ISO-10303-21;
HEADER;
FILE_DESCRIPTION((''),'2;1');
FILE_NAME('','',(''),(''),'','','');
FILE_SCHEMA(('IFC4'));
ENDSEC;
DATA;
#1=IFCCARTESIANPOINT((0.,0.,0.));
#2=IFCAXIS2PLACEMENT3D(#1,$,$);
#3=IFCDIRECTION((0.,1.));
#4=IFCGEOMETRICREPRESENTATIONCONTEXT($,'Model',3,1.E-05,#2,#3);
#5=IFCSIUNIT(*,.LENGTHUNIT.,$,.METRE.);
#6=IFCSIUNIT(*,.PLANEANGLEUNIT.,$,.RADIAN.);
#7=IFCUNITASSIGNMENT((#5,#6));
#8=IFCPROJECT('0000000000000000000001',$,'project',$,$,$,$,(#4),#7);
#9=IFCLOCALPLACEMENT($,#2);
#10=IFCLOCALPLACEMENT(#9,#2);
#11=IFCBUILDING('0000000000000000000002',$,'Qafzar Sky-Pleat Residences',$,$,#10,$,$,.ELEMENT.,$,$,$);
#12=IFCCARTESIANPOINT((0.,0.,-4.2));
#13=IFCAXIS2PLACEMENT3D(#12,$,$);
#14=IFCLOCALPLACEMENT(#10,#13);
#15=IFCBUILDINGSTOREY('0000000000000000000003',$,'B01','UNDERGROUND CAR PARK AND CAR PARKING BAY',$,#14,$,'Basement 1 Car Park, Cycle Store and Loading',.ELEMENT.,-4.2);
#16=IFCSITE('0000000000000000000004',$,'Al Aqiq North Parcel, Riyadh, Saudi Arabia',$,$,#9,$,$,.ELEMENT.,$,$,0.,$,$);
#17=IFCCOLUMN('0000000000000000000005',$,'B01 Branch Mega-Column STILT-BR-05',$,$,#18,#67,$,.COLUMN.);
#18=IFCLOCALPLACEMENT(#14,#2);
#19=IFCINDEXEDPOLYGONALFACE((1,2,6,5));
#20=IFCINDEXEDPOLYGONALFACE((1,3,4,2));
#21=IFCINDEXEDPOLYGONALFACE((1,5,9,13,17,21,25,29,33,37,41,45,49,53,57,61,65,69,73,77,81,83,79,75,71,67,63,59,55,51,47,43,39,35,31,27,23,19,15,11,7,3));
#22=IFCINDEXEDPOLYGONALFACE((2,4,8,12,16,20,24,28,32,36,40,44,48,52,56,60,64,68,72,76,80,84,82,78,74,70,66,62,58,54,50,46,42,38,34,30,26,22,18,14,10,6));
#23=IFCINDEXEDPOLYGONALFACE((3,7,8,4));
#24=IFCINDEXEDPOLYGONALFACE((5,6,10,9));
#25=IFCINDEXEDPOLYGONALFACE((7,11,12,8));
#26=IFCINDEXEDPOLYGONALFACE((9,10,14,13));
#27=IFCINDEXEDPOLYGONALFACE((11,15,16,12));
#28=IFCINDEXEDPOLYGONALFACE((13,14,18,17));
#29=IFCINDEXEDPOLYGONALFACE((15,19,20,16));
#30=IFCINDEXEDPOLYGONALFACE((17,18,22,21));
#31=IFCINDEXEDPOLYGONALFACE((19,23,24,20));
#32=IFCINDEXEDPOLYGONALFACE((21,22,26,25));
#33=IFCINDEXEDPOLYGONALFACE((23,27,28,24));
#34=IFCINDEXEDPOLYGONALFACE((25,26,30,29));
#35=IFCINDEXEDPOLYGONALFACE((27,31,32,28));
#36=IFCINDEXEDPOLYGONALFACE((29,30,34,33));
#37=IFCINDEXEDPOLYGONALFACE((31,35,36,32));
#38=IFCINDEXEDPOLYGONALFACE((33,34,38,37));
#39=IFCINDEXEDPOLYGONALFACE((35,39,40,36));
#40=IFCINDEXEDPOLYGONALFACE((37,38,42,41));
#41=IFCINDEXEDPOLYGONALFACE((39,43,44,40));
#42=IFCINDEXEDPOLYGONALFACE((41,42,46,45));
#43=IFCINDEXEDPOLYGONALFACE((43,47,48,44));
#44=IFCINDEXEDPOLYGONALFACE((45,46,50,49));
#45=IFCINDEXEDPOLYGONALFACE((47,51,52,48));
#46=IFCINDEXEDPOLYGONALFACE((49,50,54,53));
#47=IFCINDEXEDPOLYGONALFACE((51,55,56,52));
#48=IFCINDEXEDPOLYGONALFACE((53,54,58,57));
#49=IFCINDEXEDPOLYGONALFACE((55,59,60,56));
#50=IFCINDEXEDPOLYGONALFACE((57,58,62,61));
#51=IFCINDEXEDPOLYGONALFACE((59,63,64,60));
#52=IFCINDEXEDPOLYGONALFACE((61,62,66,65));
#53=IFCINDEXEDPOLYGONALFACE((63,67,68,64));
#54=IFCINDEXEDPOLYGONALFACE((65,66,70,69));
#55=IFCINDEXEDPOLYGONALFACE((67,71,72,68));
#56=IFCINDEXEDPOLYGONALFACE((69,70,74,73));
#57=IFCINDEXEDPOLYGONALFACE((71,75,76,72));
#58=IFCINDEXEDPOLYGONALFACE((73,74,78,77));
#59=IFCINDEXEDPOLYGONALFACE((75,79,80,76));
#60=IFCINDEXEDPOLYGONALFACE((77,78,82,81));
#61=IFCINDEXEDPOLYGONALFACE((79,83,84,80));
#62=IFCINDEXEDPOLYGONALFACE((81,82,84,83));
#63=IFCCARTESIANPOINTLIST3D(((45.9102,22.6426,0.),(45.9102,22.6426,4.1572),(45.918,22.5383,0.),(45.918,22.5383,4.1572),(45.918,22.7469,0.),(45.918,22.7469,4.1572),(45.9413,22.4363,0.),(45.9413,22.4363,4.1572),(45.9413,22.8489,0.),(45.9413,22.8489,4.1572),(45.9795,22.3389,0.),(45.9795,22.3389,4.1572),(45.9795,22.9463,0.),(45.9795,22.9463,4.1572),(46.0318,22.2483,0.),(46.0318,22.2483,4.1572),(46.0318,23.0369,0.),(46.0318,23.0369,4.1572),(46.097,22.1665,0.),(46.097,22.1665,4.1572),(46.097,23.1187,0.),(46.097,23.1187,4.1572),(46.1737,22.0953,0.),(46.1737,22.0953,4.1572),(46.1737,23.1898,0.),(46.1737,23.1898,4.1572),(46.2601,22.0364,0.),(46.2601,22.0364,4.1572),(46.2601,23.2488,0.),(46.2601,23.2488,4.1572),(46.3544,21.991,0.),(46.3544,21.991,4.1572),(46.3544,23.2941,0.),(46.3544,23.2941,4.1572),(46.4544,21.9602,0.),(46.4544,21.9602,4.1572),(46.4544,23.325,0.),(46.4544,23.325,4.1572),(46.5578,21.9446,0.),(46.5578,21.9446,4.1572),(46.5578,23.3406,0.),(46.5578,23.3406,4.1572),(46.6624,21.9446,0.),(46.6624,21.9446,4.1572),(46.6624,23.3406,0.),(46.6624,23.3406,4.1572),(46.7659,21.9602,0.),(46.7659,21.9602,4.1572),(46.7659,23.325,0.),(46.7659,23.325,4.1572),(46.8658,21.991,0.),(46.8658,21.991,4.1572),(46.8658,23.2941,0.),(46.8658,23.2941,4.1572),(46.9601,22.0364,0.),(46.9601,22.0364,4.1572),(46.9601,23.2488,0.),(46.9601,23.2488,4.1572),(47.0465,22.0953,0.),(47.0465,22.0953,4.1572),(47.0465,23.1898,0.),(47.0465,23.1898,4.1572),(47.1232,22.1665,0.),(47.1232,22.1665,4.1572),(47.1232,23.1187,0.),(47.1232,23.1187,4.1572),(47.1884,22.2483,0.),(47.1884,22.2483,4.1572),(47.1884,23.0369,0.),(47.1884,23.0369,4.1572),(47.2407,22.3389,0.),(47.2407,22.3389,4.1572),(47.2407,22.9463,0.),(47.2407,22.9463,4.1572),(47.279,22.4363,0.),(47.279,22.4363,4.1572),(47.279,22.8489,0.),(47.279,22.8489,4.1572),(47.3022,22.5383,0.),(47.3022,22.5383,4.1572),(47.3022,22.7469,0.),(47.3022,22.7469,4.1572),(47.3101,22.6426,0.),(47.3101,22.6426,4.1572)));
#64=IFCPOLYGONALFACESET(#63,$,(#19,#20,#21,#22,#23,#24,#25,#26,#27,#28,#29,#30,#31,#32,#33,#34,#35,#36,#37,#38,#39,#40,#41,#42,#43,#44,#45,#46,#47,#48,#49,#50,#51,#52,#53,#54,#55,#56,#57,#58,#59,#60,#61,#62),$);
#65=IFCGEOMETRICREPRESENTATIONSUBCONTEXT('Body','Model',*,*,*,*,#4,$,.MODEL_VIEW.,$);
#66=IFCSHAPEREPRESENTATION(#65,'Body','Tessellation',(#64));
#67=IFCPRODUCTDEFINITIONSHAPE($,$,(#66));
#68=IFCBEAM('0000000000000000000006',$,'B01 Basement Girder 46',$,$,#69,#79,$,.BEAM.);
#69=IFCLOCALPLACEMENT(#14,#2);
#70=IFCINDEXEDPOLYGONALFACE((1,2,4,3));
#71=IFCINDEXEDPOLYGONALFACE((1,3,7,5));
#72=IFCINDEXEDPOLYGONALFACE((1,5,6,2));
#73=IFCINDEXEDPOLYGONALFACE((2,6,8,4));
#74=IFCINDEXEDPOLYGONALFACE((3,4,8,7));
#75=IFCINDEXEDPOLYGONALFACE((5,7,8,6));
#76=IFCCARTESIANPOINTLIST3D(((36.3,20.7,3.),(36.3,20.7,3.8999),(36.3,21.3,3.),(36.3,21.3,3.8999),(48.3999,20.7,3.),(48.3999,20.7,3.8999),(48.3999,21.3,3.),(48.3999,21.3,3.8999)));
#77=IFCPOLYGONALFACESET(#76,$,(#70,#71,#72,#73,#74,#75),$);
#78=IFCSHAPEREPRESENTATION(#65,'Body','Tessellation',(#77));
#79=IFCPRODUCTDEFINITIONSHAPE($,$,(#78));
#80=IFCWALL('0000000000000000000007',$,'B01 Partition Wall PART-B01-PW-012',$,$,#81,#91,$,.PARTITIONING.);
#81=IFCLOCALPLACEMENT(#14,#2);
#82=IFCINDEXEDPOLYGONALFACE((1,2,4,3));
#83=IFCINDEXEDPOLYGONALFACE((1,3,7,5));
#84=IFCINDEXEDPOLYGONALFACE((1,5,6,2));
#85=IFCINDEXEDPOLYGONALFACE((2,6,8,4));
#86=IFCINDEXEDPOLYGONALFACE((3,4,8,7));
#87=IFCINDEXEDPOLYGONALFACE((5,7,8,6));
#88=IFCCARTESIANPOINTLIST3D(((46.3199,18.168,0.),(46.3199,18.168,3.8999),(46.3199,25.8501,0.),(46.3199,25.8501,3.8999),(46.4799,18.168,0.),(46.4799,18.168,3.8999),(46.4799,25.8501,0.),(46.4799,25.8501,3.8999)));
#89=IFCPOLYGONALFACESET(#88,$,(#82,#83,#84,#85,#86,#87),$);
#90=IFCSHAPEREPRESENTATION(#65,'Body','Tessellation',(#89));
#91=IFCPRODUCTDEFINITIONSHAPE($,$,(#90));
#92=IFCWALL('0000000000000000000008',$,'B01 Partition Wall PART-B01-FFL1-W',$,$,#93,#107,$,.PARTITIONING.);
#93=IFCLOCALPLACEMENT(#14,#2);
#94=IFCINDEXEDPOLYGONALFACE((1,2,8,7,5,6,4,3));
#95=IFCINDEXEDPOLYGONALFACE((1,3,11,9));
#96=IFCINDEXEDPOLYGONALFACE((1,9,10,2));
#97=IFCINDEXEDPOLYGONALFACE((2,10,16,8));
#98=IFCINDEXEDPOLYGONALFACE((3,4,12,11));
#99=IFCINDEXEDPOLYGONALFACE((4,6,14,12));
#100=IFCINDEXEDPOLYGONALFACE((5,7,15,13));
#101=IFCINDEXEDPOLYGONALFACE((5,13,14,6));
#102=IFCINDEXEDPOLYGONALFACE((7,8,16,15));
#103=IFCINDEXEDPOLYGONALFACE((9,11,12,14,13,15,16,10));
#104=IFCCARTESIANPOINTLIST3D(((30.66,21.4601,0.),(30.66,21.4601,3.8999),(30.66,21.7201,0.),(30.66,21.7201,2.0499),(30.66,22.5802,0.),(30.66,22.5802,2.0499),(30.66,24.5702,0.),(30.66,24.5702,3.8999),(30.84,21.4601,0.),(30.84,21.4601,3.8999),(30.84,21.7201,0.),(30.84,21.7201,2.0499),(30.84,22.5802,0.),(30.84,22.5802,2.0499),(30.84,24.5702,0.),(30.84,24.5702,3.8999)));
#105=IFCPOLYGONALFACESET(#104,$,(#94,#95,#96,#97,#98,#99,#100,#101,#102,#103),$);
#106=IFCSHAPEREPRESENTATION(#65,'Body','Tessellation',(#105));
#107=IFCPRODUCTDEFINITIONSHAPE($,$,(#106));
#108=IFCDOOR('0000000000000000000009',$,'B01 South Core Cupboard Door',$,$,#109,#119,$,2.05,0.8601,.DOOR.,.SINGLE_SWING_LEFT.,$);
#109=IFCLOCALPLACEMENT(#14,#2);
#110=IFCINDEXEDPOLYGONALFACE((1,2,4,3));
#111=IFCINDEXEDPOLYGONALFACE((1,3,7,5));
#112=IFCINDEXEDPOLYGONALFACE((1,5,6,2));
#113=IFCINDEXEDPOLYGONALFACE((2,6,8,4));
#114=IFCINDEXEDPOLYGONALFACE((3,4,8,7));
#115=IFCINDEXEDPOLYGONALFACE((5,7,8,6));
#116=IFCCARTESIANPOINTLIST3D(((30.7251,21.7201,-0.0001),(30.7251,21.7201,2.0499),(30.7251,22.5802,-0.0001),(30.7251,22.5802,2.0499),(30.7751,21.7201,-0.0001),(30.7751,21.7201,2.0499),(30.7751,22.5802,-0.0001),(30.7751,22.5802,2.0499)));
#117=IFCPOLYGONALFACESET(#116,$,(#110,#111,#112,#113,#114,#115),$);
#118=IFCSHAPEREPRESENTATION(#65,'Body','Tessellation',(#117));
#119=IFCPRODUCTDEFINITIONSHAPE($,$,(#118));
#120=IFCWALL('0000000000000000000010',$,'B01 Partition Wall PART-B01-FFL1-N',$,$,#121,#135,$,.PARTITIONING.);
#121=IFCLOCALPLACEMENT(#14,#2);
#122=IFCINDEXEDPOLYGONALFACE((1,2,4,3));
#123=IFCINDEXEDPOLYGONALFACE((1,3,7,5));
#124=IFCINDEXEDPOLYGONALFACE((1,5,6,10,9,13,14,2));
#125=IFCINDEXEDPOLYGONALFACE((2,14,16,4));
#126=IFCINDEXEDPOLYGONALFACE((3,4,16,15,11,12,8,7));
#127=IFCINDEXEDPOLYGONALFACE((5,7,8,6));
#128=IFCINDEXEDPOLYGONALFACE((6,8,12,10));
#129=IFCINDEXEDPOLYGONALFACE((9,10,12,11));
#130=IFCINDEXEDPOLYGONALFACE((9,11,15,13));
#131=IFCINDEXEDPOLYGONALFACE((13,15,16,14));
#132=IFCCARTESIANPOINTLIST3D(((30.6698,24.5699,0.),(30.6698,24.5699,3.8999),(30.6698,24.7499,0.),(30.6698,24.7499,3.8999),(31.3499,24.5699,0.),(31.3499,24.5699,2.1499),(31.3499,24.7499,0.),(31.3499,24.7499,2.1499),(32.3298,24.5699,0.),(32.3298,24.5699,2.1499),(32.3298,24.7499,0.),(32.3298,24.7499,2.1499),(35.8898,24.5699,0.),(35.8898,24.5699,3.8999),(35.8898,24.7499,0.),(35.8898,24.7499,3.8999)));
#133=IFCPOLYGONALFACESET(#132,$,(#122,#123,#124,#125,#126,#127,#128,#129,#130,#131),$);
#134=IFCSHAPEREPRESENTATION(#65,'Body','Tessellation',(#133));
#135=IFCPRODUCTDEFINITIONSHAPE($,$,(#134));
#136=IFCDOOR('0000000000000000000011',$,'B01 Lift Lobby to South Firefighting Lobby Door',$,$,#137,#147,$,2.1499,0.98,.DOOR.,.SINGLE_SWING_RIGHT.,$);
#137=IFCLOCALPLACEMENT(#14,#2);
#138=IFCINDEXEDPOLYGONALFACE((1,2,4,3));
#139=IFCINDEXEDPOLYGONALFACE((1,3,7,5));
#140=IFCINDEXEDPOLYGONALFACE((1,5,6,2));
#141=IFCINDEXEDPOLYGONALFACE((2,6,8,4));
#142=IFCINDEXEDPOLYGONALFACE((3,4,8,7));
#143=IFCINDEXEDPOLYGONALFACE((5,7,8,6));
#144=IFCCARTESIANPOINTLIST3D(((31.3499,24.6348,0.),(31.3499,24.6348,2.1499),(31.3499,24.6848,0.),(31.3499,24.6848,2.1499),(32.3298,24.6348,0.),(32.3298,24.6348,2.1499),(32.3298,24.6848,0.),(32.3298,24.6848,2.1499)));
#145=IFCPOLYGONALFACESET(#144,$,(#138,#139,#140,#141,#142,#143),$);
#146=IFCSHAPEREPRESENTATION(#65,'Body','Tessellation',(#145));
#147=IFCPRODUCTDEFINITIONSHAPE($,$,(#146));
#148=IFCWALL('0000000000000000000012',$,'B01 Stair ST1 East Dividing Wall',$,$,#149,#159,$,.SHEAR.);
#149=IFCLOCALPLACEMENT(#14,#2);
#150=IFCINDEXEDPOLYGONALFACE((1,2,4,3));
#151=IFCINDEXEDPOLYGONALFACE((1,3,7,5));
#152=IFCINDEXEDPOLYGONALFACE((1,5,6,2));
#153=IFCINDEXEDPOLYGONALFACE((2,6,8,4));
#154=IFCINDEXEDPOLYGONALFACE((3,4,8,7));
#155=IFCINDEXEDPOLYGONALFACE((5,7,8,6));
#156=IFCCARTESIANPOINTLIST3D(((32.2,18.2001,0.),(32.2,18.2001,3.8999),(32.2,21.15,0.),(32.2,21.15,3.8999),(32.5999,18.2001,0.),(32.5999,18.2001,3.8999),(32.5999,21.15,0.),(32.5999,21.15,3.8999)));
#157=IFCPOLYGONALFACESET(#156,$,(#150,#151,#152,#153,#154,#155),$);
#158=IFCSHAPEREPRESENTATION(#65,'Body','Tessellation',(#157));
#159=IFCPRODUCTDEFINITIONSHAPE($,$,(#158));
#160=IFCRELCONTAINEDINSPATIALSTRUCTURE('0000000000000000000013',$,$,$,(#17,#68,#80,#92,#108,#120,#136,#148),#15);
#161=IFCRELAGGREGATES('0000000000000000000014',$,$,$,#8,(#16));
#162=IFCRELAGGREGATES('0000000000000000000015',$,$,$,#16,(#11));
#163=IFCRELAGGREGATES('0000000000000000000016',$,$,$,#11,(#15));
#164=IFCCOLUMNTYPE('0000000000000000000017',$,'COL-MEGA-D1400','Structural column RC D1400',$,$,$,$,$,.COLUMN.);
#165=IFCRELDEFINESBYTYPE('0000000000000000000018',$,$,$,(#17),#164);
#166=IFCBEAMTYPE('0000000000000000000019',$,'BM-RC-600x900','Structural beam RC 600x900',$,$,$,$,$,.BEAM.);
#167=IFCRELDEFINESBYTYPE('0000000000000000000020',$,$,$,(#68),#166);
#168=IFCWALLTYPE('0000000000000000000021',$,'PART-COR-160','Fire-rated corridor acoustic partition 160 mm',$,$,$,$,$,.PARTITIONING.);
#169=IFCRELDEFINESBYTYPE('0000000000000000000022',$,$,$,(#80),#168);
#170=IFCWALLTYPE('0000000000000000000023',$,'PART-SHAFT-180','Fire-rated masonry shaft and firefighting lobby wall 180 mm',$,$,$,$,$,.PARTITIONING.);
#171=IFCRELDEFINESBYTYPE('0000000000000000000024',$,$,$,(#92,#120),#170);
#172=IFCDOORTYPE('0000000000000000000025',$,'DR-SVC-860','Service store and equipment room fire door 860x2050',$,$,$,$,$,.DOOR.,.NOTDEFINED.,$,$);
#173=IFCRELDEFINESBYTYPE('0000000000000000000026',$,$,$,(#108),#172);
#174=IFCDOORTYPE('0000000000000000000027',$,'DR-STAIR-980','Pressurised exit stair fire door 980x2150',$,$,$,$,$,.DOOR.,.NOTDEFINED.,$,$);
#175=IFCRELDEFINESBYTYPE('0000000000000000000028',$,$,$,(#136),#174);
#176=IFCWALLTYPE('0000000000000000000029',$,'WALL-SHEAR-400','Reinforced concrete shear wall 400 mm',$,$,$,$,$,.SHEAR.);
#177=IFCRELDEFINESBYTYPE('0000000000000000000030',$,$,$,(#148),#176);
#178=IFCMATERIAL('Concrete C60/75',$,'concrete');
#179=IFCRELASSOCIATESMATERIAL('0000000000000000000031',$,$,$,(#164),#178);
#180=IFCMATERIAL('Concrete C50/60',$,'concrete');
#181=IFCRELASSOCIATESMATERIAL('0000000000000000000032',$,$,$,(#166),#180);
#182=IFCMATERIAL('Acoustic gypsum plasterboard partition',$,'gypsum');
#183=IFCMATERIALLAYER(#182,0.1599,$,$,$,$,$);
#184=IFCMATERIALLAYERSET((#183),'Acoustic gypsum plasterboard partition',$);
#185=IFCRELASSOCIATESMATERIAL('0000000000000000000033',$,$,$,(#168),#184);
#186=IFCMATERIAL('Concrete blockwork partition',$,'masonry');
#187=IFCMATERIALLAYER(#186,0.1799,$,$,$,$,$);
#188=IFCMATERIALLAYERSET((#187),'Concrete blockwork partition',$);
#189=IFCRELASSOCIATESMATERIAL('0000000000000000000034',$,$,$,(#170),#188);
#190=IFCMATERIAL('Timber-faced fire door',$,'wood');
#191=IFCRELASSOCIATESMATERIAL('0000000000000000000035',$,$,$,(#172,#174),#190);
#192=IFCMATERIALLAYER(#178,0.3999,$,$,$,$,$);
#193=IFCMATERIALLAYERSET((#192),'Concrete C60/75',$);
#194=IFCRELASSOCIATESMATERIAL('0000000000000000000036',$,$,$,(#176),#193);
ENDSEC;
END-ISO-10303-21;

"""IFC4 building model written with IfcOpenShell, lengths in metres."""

from ifc_helpers import new_model, si_unit, direction, frame, frame_2d, origin, origin_2d, place, context, subcontext, project, spatial, rectangle, circle, extrude, source, transform, mapped, material, layer, layer_set, material_profile, profile_set, type_object, element, fill, save


model = new_model("IFC4")

# Units and contexts
model_context = context("Model", 3, precision=1e-05, world=origin(), true_north=direction((0.0, 1.0)))
body_context = subcontext(model_context, "Body", "Model", "MODEL_VIEW")
ifc_project = project(units=[si_unit("LENGTHUNIT", "METRE"), si_unit("PLANEANGLEUNIT", "RADIAN")], contexts=[model_context])

# Site, building, storey
site_placement = place(None, origin())
site = spatial("IfcSite", under=ifc_project, at=site_placement, Name="Al Aqiq North Parcel, Riyadh, Saudi Arabia", CompositionType="ELEMENT", RefElevation=0.0)
building_placement = place(site_placement, origin())
building = spatial("IfcBuilding", under=site, at=building_placement, Name="Qafzar Sky-Pleat Residences", CompositionType="ELEMENT")
storey_placement = place(building_placement, frame((0.0, 0.0, -4.2)))
storey = spatial("IfcBuildingStorey", under=building, at=storey_placement, Name="B01", Description="UNDERGROUND CAR PARK AND CAR PARKING BAY", LongName="Basement 1 Car Park, Cycle Store and Loading", CompositionType="ELEMENT", Elevation=-4.2)

# Column
ifc_material_1 = material(Name="Concrete C60/75", Category="concrete")
ifc_material_profile_1 = material_profile(ifc_material_1, circle(Radius=0.7, at=origin_2d()), Name="RC D1400")
ifc_profile_set_1 = profile_set([ifc_material_profile_1], Name="Concrete C60/75")
column_type = type_object("IfcColumnType", Name="COL-MEGA-D1400", Description="Structural column RC D1400", PredefinedType="COLUMN", material=ifc_profile_set_1)
shared_shape_1 = source(origin(), body_context, "Body", "SweptSolid", [
    extrude(circle(Radius=0.7, at=origin_2d()), origin(), (0.0, 0.0, 1.0), 4.1572),
])
column_placement = place(storey_placement, frame((46.6101, 22.6426, 0.0), z_axis=(0.0, 0.0, 1.0), x_axis=(1.0, 0.0, 0.0)))
element("IfcColumn", 1, at=column_placement, inside=storey, type_object=column_type, Name="B01 Branch Mega-Column STILT-BR-05", PredefinedType="COLUMN", context=body_context, shape_type="MappedRepresentation", body=[
    mapped(shared_shape_1, transform((0.0, 0.0, 0.0), x_axis=(1.0, 0.0, 0.0), y_axis=(0.0, 1.0, 0.0), z_axis=(0.0, 0.0, 1.0), scale=1.0)),
])

# Beam
ifc_material_2 = material(Name="Concrete C50/60", Category="concrete")
ifc_material_profile_2 = material_profile(ifc_material_2, rectangle(XDim=0.6001, YDim=0.8999, at=origin_2d()), Name="RC 600x900")
ifc_profile_set_2 = profile_set([ifc_material_profile_2], Name="Concrete C50/60")
beam_type = type_object("IfcBeamType", Name="BM-RC-600x900", Description="Structural beam RC 600x900", PredefinedType="BEAM", material=ifc_profile_set_2)
shared_shape_2 = source(origin(), body_context, "Body", "SweptSolid", [
    extrude(rectangle(XDim=0.6001, YDim=0.8999, at=origin_2d()), origin(), (0.0, 0.0, 1.0), 12.0999),
])
beam_placement = place(storey_placement, frame((36.3, 21.0, 3.45), z_axis=(1.0, 0.0, 0.0), x_axis=(0.0, 1.0, 0.0)))
element("IfcBeam", 2, at=beam_placement, inside=storey, type_object=beam_type, Name="B01 Basement Girder 46", PredefinedType="BEAM", context=body_context, shape_type="MappedRepresentation", body=[
    mapped(shared_shape_2, transform((0.0, 0.0, 0.0), x_axis=(1.0, 0.0, 0.0), y_axis=(0.0, 1.0, 0.0), z_axis=(0.0, 0.0, 1.0), scale=1.0)),
])

# Wall
ifc_material_3 = material(Name="Acoustic gypsum plasterboard partition", Category="gypsum")
ifc_layer_1 = layer(ifc_material_3, 0.1599)
ifc_layer_set_1 = layer_set([ifc_layer_1], Name="Acoustic gypsum plasterboard partition")
wall_type_1 = type_object("IfcWallType", Name="PART-COR-160", Description="Fire-rated corridor acoustic partition 160 mm", PredefinedType="PARTITIONING", material=ifc_layer_set_1)
wall_1_placement = place(storey_placement, frame((46.3999, 18.168, 0.0), z_axis=(0.0, 0.0, 1.0), x_axis=(0.0, 1.0, 0.0)))
element("IfcWall", 3, at=wall_1_placement, inside=storey, type_object=wall_type_1, Name="B01 Partition Wall PART-B01-PW-012", PredefinedType="PARTITIONING", context=body_context, shape_type="SweptSolid", body=[
    extrude(rectangle(XDim=7.6821, YDim=0.1599, at=frame_2d((3.8411, 0.0))), origin(), (0.0, 0.0, 1.0), 3.8999),
])

# Walls, openings, doors
ifc_material_4 = material(Name="Concrete blockwork partition", Category="masonry")
ifc_layer_2 = layer(ifc_material_4, 0.1799)
ifc_layer_set_2 = layer_set([ifc_layer_2], Name="Concrete blockwork partition")
wall_type_2 = type_object("IfcWallType", Name="PART-SHAFT-180", Description="Fire-rated masonry shaft and firefighting lobby wall 180 mm", PredefinedType="PARTITIONING", material=ifc_layer_set_2)
wall_2_placement = place(storey_placement, frame((30.75, 21.46, 0.0), z_axis=(0.0, 0.0, 1.0), x_axis=(0.0, 1.0, 0.0)))
wall_2 = element("IfcWall", 4, at=wall_2_placement, inside=storey, type_object=wall_type_2, Name="B01 Partition Wall PART-B01-FFL1-W", PredefinedType="PARTITIONING", context=body_context, shape_type="SweptSolid", body=[
    extrude(rectangle(XDim=3.1101, YDim=0.1799, at=frame_2d((1.5552, 0.0))), origin(), (0.0, 0.0, 1.0), 3.8999),
])
opening_1_placement = place(wall_2_placement, frame((0.26, 0.0, 0.0)))
opening_1 = element("IfcOpeningElement", 5, at=opening_1_placement, cuts=wall_2, PredefinedType="OPENING", context=body_context, shape_type="SweptSolid", body=[
    extrude(rectangle(XDim=0.8601, YDim=2.05, at=frame_2d((0.4302, 1.0249))), frame((0.0, 0.1001, 0.0), z_axis=(0.0, -1.0, 0.0), x_axis=(1.0, 0.0, 0.0)), (0.0, 0.0, 1.0), 0.2),
])
ifc_material_5 = material(Name="Timber-faced fire door", Category="wood")
door_type_1 = type_object("IfcDoorType", Name="DR-SVC-860", Description="Service store and equipment room fire door 860x2050", OperationType="NOTDEFINED", PredefinedType="DOOR", material=ifc_material_5)
shared_shape_3 = source(origin(), body_context, "Body", "SweptSolid", [
    extrude(rectangle(XDim=0.8601, YDim=2.05, at=frame_2d((0.4302, 1.0249))), frame((0.0, 0.0249, 0.0), z_axis=(0.0, -1.0, 0.0), x_axis=(1.0, 0.0, 0.0)), (0.0, 0.0, 1.0), 0.05),
])
door_1_placement = place(opening_1_placement, origin())
door_1 = element("IfcDoor", 6, at=door_1_placement, inside=storey, type_object=door_type_1, Name="B01 South Core Cupboard Door", OperationType="SINGLE_SWING_LEFT", OverallHeight=2.05, OverallWidth=0.8601, PredefinedType="DOOR", context=body_context, shape_type="MappedRepresentation", body=[
    mapped(shared_shape_3, transform((0.0, 0.0, 0.0), x_axis=(1.0, 0.0, 0.0), y_axis=(0.0, 1.0, 0.0), z_axis=(0.0, 0.0, 1.0), scale=1.0)),
])
fill(opening_1, door_1)
wall_3_placement = place(storey_placement, frame((30.6699, 24.6599, 0.0), z_axis=(0.0, 0.0, 1.0), x_axis=(1.0, 0.0, 0.0)))
wall_3 = element("IfcWall", 7, at=wall_3_placement, inside=storey, type_object=wall_type_2, Name="B01 Partition Wall PART-B01-FFL1-N", PredefinedType="PARTITIONING", context=body_context, shape_type="SweptSolid", body=[
    extrude(rectangle(XDim=5.22, YDim=0.1799, at=frame_2d((2.6099, 0.0))), origin(), (0.0, 0.0, 1.0), 3.8999),
])
opening_2_placement = place(wall_3_placement, frame((0.6799, 0.0, 0.0)))
opening_2 = element("IfcOpeningElement", 8, at=opening_2_placement, cuts=wall_3, PredefinedType="OPENING", context=body_context, shape_type="SweptSolid", body=[
    extrude(rectangle(XDim=0.98, YDim=2.1499, at=frame_2d((0.49, 1.075))), frame((0.0, 0.1001, 0.0), z_axis=(0.0, -1.0, 0.0), x_axis=(1.0, 0.0, 0.0)), (0.0, 0.0, 1.0), 0.2),
])
door_type_2 = type_object("IfcDoorType", Name="DR-STAIR-980", Description="Pressurised exit stair fire door 980x2150", OperationType="NOTDEFINED", PredefinedType="DOOR", material=ifc_material_5)
shared_shape_4 = source(origin(), body_context, "Body", "SweptSolid", [
    extrude(rectangle(XDim=0.98, YDim=2.1499, at=frame_2d((0.49, 1.075))), frame((0.0, 0.0249, 0.0), z_axis=(0.0, -1.0, 0.0), x_axis=(1.0, 0.0, 0.0)), (0.0, 0.0, 1.0), 0.05),
])
door_2_placement = place(opening_2_placement, origin())
door_2 = element("IfcDoor", 9, at=door_2_placement, inside=storey, type_object=door_type_2, Name="B01 Lift Lobby to South Firefighting Lobby Door", OperationType="SINGLE_SWING_RIGHT", OverallHeight=2.1499, OverallWidth=0.98, PredefinedType="DOOR", context=body_context, shape_type="MappedRepresentation", body=[
    mapped(shared_shape_4, transform((0.0, 0.0, 0.0), x_axis=(1.0, 0.0, 0.0), y_axis=(0.0, 1.0, 0.0), z_axis=(0.0, 0.0, 1.0), scale=1.0)),
])
fill(opening_2, door_2)

# Wall
ifc_layer_3 = layer(ifc_material_1, 0.3999)
ifc_layer_set_3 = layer_set([ifc_layer_3], Name="Concrete C60/75")
wall_type_3 = type_object("IfcWallType", Name="WALL-SHEAR-400", Description="Reinforced concrete shear wall 400 mm", PredefinedType="SHEAR", material=ifc_layer_set_3)
wall_4_placement = place(storey_placement, frame((32.3999, 18.2, 0.0), z_axis=(0.0, 0.0, 1.0), x_axis=(0.0, 1.0, 0.0)))
element("IfcWall", 10, at=wall_4_placement, inside=storey, type_object=wall_type_3, Name="B01 Stair ST1 East Dividing Wall", PredefinedType="SHEAR", context=body_context, shape_type="SweptSolid", body=[
    extrude(rectangle(XDim=2.95, YDim=0.3999, at=frame_2d((1.4751, 0.0))), origin(), (0.0, 0.0, 1.0), 3.8999),
])

save(model, "model.ifc")
